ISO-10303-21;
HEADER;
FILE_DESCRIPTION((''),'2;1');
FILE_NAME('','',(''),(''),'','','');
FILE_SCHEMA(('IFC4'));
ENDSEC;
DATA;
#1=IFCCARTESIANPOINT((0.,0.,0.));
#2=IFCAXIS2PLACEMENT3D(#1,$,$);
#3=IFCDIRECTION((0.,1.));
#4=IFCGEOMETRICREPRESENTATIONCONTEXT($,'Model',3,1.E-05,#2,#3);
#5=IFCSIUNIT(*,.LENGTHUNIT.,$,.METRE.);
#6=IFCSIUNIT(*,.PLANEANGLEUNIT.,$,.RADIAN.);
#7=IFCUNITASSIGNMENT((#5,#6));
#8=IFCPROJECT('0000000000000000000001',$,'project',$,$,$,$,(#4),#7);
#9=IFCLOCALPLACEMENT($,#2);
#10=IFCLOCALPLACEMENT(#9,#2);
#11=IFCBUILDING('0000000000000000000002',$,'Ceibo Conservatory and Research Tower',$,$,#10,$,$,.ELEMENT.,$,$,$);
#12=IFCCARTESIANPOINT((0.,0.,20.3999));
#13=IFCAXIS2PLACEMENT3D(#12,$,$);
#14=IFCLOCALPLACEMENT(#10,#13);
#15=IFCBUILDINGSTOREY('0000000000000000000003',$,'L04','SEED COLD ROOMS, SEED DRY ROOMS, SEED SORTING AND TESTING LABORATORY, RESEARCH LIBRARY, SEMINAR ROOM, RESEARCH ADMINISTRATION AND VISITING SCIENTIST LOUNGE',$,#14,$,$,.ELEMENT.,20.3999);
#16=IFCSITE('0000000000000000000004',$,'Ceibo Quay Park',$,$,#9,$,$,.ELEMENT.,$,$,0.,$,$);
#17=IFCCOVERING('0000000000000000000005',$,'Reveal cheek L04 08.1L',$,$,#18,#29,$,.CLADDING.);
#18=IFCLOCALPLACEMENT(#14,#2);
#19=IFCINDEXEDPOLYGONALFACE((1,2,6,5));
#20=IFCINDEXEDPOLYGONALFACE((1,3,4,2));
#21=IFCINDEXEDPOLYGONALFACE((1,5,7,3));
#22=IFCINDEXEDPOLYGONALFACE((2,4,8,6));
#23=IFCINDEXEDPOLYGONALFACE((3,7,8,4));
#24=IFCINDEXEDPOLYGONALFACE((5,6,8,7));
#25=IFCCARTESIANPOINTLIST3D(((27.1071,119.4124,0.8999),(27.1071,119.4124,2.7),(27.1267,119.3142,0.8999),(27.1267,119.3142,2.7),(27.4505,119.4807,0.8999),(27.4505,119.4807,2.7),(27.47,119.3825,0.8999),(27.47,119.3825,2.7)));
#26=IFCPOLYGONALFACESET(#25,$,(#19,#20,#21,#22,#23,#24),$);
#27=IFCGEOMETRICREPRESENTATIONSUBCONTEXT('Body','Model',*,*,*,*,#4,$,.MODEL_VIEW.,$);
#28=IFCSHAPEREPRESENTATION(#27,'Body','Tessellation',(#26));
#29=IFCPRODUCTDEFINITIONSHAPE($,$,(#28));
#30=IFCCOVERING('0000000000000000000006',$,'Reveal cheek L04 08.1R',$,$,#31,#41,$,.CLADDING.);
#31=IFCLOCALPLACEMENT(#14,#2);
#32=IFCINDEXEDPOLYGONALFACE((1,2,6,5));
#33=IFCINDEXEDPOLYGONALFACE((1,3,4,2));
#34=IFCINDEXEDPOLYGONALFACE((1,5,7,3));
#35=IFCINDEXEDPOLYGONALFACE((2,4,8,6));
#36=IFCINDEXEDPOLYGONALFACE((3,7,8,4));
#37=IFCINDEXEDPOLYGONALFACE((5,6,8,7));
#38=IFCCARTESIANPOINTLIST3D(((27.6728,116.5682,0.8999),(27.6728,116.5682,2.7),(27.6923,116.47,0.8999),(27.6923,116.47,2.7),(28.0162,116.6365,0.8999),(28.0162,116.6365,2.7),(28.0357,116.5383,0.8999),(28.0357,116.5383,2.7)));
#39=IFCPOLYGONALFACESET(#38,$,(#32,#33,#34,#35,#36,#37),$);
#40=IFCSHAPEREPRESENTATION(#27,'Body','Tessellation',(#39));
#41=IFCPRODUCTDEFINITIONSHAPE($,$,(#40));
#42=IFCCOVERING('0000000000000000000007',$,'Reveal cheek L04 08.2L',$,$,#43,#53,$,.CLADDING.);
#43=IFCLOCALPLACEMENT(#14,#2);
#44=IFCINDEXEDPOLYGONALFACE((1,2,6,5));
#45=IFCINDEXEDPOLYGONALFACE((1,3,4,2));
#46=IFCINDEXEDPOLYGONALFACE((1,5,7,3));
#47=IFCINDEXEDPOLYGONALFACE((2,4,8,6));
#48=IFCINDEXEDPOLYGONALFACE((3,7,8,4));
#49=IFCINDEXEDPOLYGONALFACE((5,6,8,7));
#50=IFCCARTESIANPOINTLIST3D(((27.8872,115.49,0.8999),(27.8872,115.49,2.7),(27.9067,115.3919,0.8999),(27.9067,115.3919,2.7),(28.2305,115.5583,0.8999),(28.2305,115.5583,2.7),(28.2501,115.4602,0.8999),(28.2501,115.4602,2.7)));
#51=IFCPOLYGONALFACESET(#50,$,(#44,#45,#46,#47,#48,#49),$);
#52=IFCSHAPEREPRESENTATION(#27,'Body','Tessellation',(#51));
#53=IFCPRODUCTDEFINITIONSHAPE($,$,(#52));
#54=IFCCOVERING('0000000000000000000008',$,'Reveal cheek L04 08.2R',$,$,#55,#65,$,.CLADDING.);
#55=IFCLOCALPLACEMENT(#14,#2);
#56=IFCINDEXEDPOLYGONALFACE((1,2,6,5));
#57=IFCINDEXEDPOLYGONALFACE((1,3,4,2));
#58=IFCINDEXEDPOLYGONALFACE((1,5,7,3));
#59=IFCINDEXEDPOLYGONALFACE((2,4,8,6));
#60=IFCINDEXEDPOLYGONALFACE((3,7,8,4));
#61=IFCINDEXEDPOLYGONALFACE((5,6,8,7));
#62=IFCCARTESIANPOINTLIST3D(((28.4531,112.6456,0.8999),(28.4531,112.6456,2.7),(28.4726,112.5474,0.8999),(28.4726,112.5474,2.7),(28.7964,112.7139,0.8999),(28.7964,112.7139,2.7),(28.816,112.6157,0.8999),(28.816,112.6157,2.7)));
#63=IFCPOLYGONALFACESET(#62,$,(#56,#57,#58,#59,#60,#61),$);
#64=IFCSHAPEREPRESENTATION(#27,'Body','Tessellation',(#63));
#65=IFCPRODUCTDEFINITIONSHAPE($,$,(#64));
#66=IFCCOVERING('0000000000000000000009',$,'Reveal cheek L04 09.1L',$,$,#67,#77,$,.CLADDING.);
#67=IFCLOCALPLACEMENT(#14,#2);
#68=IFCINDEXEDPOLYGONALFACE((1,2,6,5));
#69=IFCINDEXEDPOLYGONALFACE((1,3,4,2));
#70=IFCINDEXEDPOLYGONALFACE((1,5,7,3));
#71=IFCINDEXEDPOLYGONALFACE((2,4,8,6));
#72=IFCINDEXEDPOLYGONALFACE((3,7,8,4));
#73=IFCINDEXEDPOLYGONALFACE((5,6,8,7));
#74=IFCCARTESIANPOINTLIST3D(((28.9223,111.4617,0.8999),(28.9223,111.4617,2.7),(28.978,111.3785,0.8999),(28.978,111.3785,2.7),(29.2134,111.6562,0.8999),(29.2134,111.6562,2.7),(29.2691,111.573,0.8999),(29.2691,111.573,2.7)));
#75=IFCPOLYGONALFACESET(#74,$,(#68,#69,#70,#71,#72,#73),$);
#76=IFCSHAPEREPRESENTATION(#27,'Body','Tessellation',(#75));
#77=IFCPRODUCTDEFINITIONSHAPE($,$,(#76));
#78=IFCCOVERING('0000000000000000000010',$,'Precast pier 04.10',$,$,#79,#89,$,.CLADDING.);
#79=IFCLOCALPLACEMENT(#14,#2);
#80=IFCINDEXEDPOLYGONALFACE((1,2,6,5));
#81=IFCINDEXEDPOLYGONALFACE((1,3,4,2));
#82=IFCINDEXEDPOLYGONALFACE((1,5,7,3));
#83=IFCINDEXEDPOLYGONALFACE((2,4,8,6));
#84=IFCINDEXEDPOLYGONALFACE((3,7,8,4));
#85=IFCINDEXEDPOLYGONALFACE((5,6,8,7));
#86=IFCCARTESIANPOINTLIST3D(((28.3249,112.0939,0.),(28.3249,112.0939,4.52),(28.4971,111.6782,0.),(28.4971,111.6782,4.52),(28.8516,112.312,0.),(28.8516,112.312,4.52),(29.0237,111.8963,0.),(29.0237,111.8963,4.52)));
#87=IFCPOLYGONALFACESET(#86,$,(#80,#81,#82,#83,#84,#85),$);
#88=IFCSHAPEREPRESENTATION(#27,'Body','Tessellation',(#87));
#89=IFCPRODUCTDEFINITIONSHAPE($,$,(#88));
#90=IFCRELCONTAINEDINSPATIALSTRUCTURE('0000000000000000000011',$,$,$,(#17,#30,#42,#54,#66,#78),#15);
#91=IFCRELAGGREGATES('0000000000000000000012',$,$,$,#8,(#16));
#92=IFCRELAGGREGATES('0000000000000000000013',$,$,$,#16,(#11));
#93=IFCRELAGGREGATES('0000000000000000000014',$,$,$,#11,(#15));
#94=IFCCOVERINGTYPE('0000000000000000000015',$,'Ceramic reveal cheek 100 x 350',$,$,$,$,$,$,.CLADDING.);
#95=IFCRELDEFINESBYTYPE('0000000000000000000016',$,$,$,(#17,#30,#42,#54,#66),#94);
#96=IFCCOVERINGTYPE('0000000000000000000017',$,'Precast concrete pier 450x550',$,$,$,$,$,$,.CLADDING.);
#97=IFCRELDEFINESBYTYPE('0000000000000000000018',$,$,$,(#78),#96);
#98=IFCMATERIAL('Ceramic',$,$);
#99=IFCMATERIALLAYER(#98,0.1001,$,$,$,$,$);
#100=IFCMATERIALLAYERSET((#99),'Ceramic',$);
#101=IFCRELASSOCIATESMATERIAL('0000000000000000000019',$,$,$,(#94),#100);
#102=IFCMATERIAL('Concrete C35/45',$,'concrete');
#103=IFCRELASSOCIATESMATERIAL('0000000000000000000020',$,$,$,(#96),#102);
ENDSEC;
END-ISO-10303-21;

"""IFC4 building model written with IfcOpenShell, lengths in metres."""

from ifc_helpers import new_model, si_unit, direction, frame, origin, origin_2d, place, context, subcontext, project, spatial, rectangle, extrude, material, layer, layer_set, type_object, element, save


model = new_model("IFC4")

# Units and contexts
model_context = context("Model", 3, precision=1e-05, world=origin(), true_north=direction((0.0, 1.0)))
body_context = subcontext(model_context, "Body", "Model", "MODEL_VIEW")
ifc_project = project(units=[si_unit("LENGTHUNIT", "METRE"), si_unit("PLANEANGLEUNIT", "RADIAN")], contexts=[model_context])

# Site, building, storey
site_placement = place(None, origin())
site = spatial("IfcSite", under=ifc_project, at=site_placement, Name="Ceibo Quay Park", CompositionType="ELEMENT", RefElevation=0.0)
building_placement = place(site_placement, origin())
building = spatial("IfcBuilding", under=site, at=building_placement, Name="Ceibo Conservatory and Research Tower", CompositionType="ELEMENT")
storey_placement = place(building_placement, frame((0.0, 0.0, 20.3999)))
storey = spatial("IfcBuildingStorey", under=building, at=storey_placement, Name="L04", Description="SEED COLD ROOMS, SEED DRY ROOMS, SEED SORTING AND TESTING LABORATORY, RESEARCH LIBRARY, SEMINAR ROOM, RESEARCH ADMINISTRATION AND VISITING SCIENTIST LOUNGE", CompositionType="ELEMENT", Elevation=20.3999)

# Shared definitions
ifc_material_1 = material(Name="Concrete C35/45", Category="concrete")

# Coverings
ifc_material_2 = material(Name="Ceramic")
ifc_layer_1 = layer(ifc_material_2, 0.1001)
ifc_layer_set_1 = layer_set([ifc_layer_1], Name="Ceramic")
covering_type_1 = type_object("IfcCoveringType", Name="Ceramic reveal cheek 100 x 350", PredefinedType="CLADDING", material=ifc_layer_set_1)
for number, where, z_axis, x_axis, name in (
    (1, (27.2886, 119.3975, 0.8999), (0.0, 0.0, 1.0), (0.19509, -0.980785, 0.0), "Reveal cheek L04 08.1L"),
    (2, (27.8542, 116.5532, 0.8999), (0.0, 0.0, 1.0), (0.19509, -0.980785, 0.0), "Reveal cheek L04 08.1R"),
    (3, (28.0686, 115.4751, 0.8999), (0.0, 0.0, 1.0), (0.19509, -0.980785, 0.0), "Reveal cheek L04 08.2L"),
    (4, (28.6345, 112.6306, 0.8999), (0.0, 0.0, 1.0), (0.19509, -0.980785, 0.0), "Reveal cheek L04 08.2R"),
    (5, (29.0957, 111.5173, 0.8999), (0.0, 0.0, 1.0), (0.55557, -0.83147, 0.0), "Reveal cheek L04 09.1L"),
):
    element("IfcCovering", number, at=place(storey_placement, frame(where, z_axis=z_axis, x_axis=x_axis)), inside=storey, type_object=covering_type_1, Name=name, PredefinedType="CLADDING", context=body_context, shape_type="SweptSolid", body=[
        extrude(rectangle(XDim=0.1001, YDim=0.3501, at=origin_2d()), origin(), (0.0, 0.0, 1.0), 1.8),
    ])
covering_type_2 = type_object("IfcCoveringType", Name="Precast concrete pier 450x550", PredefinedType="CLADDING", material=ifc_material_1)
covering_placement = place(storey_placement, frame((28.6743, 111.9951, 0.0), z_axis=(0.0, 0.0, 1.0), x_axis=(-0.92388, -0.382683, 0.0)))
element("IfcCovering", 6, at=covering_placement, inside=storey, type_object=covering_type_2, Name="Precast pier 04.10", PredefinedType="CLADDING", context=body_context, shape_type="SweptSolid", body=[
    extrude(rectangle(XDim=0.5701, YDim=0.45, at=origin_2d()), origin(), (0.0, 0.0, 1.0), 4.52),
])

save(model, "model.ifc")
